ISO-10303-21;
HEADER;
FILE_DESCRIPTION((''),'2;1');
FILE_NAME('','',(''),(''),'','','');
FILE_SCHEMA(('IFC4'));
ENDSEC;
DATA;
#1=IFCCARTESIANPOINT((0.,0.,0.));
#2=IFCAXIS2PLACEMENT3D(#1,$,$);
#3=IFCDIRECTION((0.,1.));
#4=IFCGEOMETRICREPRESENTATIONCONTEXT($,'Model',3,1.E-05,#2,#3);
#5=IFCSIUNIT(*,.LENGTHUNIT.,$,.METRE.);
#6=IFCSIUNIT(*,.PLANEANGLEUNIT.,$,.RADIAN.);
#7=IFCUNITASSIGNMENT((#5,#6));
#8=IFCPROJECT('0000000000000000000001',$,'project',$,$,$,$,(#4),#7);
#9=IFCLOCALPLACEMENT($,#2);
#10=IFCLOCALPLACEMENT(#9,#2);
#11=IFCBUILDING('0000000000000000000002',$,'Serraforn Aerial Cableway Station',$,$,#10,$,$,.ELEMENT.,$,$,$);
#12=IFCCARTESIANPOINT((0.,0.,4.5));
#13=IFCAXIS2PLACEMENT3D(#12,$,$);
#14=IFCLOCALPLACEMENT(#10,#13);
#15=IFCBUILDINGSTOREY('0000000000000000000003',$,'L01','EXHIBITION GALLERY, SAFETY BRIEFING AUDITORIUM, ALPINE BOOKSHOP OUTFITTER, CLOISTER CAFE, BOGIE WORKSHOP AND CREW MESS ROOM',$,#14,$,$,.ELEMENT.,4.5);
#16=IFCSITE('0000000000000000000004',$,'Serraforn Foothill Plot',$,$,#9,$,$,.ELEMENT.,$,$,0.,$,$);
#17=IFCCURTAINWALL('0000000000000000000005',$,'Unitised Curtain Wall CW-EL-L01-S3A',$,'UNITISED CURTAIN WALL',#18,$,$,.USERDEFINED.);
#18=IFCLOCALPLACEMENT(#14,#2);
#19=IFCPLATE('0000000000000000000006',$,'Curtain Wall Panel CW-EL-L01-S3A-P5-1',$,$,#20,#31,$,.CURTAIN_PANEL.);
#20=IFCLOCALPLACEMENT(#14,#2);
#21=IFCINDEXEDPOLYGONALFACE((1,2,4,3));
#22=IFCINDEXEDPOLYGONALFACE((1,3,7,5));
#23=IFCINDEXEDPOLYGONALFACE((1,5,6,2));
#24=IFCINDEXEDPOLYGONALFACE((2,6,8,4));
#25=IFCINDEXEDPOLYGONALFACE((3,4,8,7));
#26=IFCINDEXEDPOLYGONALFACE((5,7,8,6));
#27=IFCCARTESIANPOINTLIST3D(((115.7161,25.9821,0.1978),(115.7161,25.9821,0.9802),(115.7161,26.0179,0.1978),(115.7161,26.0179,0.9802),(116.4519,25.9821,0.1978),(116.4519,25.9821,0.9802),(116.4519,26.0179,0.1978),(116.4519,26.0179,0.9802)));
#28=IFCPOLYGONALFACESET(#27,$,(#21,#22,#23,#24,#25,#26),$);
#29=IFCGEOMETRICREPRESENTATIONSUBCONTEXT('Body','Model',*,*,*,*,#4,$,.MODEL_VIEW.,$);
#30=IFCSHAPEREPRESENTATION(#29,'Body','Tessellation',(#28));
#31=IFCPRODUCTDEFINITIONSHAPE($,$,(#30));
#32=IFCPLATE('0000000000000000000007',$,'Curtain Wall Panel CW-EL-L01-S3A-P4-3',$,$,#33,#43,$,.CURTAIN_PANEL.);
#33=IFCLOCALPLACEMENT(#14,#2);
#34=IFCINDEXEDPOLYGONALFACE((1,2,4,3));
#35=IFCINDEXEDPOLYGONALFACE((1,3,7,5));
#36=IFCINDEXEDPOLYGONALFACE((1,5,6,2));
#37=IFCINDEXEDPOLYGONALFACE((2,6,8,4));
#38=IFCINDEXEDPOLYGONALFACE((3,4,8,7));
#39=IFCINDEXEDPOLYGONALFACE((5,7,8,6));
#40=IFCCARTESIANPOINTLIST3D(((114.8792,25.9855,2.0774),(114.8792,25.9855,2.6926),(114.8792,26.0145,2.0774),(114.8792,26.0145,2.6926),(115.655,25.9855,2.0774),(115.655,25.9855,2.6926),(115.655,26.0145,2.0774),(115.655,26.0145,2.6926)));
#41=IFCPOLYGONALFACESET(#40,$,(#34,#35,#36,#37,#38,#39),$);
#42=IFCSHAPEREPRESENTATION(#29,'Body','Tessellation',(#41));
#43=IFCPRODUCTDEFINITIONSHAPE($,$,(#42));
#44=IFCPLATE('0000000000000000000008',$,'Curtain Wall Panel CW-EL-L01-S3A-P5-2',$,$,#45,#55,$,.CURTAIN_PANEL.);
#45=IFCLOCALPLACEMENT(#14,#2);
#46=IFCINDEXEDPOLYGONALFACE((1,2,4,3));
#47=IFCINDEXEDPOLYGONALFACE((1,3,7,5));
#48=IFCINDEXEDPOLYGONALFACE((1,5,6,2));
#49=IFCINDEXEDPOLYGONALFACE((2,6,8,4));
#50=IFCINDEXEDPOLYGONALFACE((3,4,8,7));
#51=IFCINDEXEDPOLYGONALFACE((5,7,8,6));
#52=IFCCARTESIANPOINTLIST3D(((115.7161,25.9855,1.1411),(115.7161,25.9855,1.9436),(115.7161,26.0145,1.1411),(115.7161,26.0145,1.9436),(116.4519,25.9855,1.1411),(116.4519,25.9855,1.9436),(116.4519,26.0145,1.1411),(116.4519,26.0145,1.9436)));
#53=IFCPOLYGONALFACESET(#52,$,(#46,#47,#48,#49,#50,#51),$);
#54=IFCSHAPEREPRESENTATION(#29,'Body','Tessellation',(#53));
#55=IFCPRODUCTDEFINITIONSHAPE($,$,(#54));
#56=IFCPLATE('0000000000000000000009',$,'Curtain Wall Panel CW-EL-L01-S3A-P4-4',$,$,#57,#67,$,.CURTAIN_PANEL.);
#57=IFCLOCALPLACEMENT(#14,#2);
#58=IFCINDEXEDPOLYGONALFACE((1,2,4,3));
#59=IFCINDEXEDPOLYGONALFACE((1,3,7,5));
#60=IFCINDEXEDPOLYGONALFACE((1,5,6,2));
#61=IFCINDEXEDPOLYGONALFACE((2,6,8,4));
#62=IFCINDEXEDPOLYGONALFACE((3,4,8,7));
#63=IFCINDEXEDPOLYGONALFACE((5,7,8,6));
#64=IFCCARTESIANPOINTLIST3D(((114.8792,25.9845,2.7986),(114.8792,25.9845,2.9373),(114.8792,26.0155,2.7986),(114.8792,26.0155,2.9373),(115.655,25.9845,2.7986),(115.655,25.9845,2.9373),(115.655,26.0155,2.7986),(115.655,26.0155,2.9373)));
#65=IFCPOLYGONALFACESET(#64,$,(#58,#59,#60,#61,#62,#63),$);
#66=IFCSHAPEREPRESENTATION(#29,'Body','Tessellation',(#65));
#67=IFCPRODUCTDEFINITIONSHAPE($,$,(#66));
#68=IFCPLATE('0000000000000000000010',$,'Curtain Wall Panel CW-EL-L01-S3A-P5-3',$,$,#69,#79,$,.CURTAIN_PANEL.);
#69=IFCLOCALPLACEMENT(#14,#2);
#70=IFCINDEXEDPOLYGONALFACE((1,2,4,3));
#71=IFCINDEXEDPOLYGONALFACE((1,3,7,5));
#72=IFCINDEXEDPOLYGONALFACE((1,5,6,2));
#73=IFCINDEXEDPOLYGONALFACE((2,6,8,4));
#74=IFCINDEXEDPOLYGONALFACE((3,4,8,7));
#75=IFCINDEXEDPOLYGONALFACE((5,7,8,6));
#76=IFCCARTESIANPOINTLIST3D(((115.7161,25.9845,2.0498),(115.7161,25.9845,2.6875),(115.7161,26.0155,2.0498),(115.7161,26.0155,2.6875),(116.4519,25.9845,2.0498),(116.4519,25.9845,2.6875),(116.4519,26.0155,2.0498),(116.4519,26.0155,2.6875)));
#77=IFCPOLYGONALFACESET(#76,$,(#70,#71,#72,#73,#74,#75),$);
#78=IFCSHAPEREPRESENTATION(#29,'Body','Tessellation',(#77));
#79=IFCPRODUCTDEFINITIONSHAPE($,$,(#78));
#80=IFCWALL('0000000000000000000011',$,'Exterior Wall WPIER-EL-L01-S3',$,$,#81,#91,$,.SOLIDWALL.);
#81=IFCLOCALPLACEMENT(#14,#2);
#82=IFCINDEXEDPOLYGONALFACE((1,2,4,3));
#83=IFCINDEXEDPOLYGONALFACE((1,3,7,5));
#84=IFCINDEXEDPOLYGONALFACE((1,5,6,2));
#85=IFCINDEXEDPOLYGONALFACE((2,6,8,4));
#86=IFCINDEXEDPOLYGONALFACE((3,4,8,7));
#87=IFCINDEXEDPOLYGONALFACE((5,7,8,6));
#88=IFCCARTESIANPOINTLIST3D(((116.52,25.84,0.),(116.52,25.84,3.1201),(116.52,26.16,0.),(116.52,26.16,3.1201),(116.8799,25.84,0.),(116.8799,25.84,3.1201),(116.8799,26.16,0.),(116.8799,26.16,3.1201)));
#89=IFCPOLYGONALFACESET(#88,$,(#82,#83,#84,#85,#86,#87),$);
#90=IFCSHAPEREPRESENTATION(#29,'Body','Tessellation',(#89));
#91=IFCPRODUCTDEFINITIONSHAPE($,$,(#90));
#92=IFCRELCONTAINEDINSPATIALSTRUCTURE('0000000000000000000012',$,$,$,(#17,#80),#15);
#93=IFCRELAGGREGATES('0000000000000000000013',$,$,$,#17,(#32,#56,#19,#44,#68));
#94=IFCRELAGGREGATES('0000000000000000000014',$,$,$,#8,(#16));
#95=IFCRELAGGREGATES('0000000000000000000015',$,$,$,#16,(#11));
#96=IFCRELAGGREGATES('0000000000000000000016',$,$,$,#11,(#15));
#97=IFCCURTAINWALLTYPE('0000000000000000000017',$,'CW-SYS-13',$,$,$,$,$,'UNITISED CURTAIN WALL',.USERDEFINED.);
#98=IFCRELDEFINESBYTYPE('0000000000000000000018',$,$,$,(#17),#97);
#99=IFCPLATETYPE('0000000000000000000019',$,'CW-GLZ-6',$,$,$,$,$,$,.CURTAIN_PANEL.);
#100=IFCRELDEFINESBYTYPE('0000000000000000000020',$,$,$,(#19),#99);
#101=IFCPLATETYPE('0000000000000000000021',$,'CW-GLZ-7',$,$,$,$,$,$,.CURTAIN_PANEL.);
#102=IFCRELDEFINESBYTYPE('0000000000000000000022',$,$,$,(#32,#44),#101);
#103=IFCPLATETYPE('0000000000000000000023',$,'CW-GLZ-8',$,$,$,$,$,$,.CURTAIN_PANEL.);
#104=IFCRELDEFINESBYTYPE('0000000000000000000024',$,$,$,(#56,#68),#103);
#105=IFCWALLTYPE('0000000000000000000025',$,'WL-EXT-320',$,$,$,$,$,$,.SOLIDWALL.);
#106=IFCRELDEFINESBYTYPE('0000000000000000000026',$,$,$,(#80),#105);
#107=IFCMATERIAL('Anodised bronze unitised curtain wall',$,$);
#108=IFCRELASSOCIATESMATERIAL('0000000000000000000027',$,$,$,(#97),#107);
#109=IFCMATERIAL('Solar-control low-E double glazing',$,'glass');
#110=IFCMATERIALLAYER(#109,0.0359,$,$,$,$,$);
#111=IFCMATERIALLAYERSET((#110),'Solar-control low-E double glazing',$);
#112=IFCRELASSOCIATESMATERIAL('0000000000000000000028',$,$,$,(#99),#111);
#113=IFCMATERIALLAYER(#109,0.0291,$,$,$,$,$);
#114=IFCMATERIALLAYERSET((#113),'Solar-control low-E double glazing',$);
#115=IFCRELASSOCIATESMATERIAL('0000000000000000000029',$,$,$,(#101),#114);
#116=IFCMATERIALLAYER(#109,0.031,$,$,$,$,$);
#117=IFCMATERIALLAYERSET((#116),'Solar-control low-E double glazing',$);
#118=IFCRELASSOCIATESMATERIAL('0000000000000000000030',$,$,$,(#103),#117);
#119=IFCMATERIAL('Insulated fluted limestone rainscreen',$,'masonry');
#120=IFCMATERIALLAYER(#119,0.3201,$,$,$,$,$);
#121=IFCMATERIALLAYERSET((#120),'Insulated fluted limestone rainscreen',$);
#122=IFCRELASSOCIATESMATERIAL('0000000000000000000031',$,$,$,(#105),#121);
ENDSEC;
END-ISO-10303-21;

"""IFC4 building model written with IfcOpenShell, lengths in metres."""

from ifc_helpers import new_model, si_unit, direction, frame, frame_2d, origin, origin_2d, place, context, subcontext, project, spatial, rectangle, extrude, material, layer, layer_set, type_object, element, aggregate, save


model = new_model("IFC4")

# Units and contexts
model_context = context("Model", 3, precision=1e-05, world=origin(), true_north=direction((0.0, 1.0)))
body_context = subcontext(model_context, "Body", "Model", "MODEL_VIEW")
ifc_project = project(units=[si_unit("LENGTHUNIT", "METRE"), si_unit("PLANEANGLEUNIT", "RADIAN")], contexts=[model_context])

# Site, building, storey
site_placement = place(None, origin())
site = spatial("IfcSite", under=ifc_project, at=site_placement, Name="Serraforn Foothill Plot", CompositionType="ELEMENT", RefElevation=0.0)
building_placement = place(site_placement, origin())
building = spatial("IfcBuilding", under=site, at=building_placement, Name="Serraforn Aerial Cableway Station", CompositionType="ELEMENT")
storey_placement = place(building_placement, frame((0.0, 0.0, 4.5)))
storey = spatial("IfcBuildingStorey", under=building, at=storey_placement, Name="L01", Description="EXHIBITION GALLERY, SAFETY BRIEFING AUDITORIUM, ALPINE BOOKSHOP OUTFITTER, CLOISTER CAFE, BOGIE WORKSHOP AND CREW MESS ROOM", CompositionType="ELEMENT", Elevation=4.5)

# Shared definitions
ifc_material_1 = material(Name="Anodised bronze unitised curtain wall")

# Curtain wall
curtain_wall_type_1 = type_object("IfcCurtainWallType", Name="CW-SYS-13", ElementType="UNITISED CURTAIN WALL", PredefinedType="USERDEFINED", material=ifc_material_1)
curtain_wall_1_placement = place(storey_placement, origin())
curtain_wall_1 = element("IfcCurtainWall", 1, at=curtain_wall_1_placement, inside=storey, type_object=curtain_wall_type_1, Name="Unitised Curtain Wall CW-EL-L01-S3A", ObjectType="UNITISED CURTAIN WALL", PredefinedType="USERDEFINED")

# Plates
ifc_material_2 = material(Name="Solar-control low-E double glazing", Category="glass")
ifc_layer_1 = layer(ifc_material_2, 0.0359)
ifc_layer_set_1 = layer_set([ifc_layer_1], Name="Solar-control low-E double glazing")
plate_type_1 = type_object("IfcPlateType", Name="CW-GLZ-6", PredefinedType="CURTAIN_PANEL", material=ifc_layer_set_1)
plate_1_placement = place(storey_placement, frame((116.084, 26.0, 0.1978), z_axis=(0.0, 0.0, 1.0), x_axis=(1.0, 0.0, 0.0)))
plate_1 = element("IfcPlate", 2, at=plate_1_placement, type_object=plate_type_1, Name="Curtain Wall Panel CW-EL-L01-S3A-P5-1", PredefinedType="CURTAIN_PANEL", context=body_context, shape_type="SweptSolid", body=[
    extrude(rectangle(XDim=0.7358, YDim=0.0359, at=origin_2d()), origin(), (0.0, 0.0, 1.0), 0.7825),
])
ifc_layer_2 = layer(ifc_material_2, 0.0291)
ifc_layer_set_2 = layer_set([ifc_layer_2], Name="Solar-control low-E double glazing")
plate_type_2 = type_object("IfcPlateType", Name="CW-GLZ-7", PredefinedType="CURTAIN_PANEL", material=ifc_layer_set_2)
plate_2_placement = place(storey_placement, frame((115.2671, 26.0, 2.0774), z_axis=(0.0, 0.0, 1.0), x_axis=(1.0, 0.0, 0.0)))
plate_2 = element("IfcPlate", 3, at=plate_2_placement, type_object=plate_type_2, Name="Curtain Wall Panel CW-EL-L01-S3A-P4-3", PredefinedType="CURTAIN_PANEL", context=body_context, shape_type="SweptSolid", body=[
    extrude(rectangle(XDim=0.7759, YDim=0.0291, at=origin_2d()), origin(), (0.0, 0.0, 1.0), 0.6152),
])
plate_3_placement = place(storey_placement, frame((116.084, 26.0, 1.1411), z_axis=(0.0, 0.0, 1.0), x_axis=(1.0, 0.0, 0.0)))
plate_3 = element("IfcPlate", 4, at=plate_3_placement, type_object=plate_type_2, Name="Curtain Wall Panel CW-EL-L01-S3A-P5-2", PredefinedType="CURTAIN_PANEL", context=body_context, shape_type="SweptSolid", body=[
    extrude(rectangle(XDim=0.7358, YDim=0.0291, at=origin_2d()), origin(), (0.0, 0.0, 1.0), 0.8025),
])
ifc_layer_3 = layer(ifc_material_2, 0.031)
ifc_layer_set_3 = layer_set([ifc_layer_3], Name="Solar-control low-E double glazing")
plate_type_3 = type_object("IfcPlateType", Name="CW-GLZ-8", PredefinedType="CURTAIN_PANEL", material=ifc_layer_set_3)
plate_4_placement = place(storey_placement, frame((115.2671, 26.0, 2.7986), z_axis=(0.0, 0.0, 1.0), x_axis=(1.0, 0.0, 0.0)))
plate_4 = element("IfcPlate", 5, at=plate_4_placement, type_object=plate_type_3, Name="Curtain Wall Panel CW-EL-L01-S3A-P4-4", PredefinedType="CURTAIN_PANEL", context=body_context, shape_type="SweptSolid", body=[
    extrude(rectangle(XDim=0.7759, YDim=0.031, at=origin_2d()), origin(), (0.0, 0.0, 1.0), 0.1387),
])
plate_5_placement = place(storey_placement, frame((116.084, 26.0, 2.0498), z_axis=(0.0, 0.0, 1.0), x_axis=(1.0, 0.0, 0.0)))
plate_5 = element("IfcPlate", 6, at=plate_5_placement, type_object=plate_type_3, Name="Curtain Wall Panel CW-EL-L01-S3A-P5-3", PredefinedType="CURTAIN_PANEL", context=body_context, shape_type="SweptSolid", body=[
    extrude(rectangle(XDim=0.7358, YDim=0.031, at=origin_2d()), origin(), (0.0, 0.0, 1.0), 0.6377),
])
aggregate(curtain_wall_1, [plate_2, plate_4, plate_1, plate_3, plate_5])

# Wall
ifc_material_3 = material(Name="Insulated fluted limestone rainscreen", Category="masonry")
ifc_layer_4 = layer(ifc_material_3, 0.3201)
ifc_layer_set_4 = layer_set([ifc_layer_4], Name="Insulated fluted limestone rainscreen")
wall_type = type_object("IfcWallType", Name="WL-EXT-320", PredefinedType="SOLIDWALL", material=ifc_layer_set_4)
wall_placement = place(storey_placement, frame((116.52, 26.0, 0.0), z_axis=(0.0, 0.0, 1.0), x_axis=(1.0, 0.0, 0.0)))
element("IfcWall", 7, at=wall_placement, inside=storey, type_object=wall_type, Name="Exterior Wall WPIER-EL-L01-S3", PredefinedType="SOLIDWALL", context=body_context, shape_type="SweptSolid", body=[
    extrude(rectangle(XDim=0.3599, YDim=0.3201, at=frame_2d((0.1799, 0.0))), origin(), (0.0, 0.0, 1.0), 3.1201),
])

save(model, "model.ifc")
